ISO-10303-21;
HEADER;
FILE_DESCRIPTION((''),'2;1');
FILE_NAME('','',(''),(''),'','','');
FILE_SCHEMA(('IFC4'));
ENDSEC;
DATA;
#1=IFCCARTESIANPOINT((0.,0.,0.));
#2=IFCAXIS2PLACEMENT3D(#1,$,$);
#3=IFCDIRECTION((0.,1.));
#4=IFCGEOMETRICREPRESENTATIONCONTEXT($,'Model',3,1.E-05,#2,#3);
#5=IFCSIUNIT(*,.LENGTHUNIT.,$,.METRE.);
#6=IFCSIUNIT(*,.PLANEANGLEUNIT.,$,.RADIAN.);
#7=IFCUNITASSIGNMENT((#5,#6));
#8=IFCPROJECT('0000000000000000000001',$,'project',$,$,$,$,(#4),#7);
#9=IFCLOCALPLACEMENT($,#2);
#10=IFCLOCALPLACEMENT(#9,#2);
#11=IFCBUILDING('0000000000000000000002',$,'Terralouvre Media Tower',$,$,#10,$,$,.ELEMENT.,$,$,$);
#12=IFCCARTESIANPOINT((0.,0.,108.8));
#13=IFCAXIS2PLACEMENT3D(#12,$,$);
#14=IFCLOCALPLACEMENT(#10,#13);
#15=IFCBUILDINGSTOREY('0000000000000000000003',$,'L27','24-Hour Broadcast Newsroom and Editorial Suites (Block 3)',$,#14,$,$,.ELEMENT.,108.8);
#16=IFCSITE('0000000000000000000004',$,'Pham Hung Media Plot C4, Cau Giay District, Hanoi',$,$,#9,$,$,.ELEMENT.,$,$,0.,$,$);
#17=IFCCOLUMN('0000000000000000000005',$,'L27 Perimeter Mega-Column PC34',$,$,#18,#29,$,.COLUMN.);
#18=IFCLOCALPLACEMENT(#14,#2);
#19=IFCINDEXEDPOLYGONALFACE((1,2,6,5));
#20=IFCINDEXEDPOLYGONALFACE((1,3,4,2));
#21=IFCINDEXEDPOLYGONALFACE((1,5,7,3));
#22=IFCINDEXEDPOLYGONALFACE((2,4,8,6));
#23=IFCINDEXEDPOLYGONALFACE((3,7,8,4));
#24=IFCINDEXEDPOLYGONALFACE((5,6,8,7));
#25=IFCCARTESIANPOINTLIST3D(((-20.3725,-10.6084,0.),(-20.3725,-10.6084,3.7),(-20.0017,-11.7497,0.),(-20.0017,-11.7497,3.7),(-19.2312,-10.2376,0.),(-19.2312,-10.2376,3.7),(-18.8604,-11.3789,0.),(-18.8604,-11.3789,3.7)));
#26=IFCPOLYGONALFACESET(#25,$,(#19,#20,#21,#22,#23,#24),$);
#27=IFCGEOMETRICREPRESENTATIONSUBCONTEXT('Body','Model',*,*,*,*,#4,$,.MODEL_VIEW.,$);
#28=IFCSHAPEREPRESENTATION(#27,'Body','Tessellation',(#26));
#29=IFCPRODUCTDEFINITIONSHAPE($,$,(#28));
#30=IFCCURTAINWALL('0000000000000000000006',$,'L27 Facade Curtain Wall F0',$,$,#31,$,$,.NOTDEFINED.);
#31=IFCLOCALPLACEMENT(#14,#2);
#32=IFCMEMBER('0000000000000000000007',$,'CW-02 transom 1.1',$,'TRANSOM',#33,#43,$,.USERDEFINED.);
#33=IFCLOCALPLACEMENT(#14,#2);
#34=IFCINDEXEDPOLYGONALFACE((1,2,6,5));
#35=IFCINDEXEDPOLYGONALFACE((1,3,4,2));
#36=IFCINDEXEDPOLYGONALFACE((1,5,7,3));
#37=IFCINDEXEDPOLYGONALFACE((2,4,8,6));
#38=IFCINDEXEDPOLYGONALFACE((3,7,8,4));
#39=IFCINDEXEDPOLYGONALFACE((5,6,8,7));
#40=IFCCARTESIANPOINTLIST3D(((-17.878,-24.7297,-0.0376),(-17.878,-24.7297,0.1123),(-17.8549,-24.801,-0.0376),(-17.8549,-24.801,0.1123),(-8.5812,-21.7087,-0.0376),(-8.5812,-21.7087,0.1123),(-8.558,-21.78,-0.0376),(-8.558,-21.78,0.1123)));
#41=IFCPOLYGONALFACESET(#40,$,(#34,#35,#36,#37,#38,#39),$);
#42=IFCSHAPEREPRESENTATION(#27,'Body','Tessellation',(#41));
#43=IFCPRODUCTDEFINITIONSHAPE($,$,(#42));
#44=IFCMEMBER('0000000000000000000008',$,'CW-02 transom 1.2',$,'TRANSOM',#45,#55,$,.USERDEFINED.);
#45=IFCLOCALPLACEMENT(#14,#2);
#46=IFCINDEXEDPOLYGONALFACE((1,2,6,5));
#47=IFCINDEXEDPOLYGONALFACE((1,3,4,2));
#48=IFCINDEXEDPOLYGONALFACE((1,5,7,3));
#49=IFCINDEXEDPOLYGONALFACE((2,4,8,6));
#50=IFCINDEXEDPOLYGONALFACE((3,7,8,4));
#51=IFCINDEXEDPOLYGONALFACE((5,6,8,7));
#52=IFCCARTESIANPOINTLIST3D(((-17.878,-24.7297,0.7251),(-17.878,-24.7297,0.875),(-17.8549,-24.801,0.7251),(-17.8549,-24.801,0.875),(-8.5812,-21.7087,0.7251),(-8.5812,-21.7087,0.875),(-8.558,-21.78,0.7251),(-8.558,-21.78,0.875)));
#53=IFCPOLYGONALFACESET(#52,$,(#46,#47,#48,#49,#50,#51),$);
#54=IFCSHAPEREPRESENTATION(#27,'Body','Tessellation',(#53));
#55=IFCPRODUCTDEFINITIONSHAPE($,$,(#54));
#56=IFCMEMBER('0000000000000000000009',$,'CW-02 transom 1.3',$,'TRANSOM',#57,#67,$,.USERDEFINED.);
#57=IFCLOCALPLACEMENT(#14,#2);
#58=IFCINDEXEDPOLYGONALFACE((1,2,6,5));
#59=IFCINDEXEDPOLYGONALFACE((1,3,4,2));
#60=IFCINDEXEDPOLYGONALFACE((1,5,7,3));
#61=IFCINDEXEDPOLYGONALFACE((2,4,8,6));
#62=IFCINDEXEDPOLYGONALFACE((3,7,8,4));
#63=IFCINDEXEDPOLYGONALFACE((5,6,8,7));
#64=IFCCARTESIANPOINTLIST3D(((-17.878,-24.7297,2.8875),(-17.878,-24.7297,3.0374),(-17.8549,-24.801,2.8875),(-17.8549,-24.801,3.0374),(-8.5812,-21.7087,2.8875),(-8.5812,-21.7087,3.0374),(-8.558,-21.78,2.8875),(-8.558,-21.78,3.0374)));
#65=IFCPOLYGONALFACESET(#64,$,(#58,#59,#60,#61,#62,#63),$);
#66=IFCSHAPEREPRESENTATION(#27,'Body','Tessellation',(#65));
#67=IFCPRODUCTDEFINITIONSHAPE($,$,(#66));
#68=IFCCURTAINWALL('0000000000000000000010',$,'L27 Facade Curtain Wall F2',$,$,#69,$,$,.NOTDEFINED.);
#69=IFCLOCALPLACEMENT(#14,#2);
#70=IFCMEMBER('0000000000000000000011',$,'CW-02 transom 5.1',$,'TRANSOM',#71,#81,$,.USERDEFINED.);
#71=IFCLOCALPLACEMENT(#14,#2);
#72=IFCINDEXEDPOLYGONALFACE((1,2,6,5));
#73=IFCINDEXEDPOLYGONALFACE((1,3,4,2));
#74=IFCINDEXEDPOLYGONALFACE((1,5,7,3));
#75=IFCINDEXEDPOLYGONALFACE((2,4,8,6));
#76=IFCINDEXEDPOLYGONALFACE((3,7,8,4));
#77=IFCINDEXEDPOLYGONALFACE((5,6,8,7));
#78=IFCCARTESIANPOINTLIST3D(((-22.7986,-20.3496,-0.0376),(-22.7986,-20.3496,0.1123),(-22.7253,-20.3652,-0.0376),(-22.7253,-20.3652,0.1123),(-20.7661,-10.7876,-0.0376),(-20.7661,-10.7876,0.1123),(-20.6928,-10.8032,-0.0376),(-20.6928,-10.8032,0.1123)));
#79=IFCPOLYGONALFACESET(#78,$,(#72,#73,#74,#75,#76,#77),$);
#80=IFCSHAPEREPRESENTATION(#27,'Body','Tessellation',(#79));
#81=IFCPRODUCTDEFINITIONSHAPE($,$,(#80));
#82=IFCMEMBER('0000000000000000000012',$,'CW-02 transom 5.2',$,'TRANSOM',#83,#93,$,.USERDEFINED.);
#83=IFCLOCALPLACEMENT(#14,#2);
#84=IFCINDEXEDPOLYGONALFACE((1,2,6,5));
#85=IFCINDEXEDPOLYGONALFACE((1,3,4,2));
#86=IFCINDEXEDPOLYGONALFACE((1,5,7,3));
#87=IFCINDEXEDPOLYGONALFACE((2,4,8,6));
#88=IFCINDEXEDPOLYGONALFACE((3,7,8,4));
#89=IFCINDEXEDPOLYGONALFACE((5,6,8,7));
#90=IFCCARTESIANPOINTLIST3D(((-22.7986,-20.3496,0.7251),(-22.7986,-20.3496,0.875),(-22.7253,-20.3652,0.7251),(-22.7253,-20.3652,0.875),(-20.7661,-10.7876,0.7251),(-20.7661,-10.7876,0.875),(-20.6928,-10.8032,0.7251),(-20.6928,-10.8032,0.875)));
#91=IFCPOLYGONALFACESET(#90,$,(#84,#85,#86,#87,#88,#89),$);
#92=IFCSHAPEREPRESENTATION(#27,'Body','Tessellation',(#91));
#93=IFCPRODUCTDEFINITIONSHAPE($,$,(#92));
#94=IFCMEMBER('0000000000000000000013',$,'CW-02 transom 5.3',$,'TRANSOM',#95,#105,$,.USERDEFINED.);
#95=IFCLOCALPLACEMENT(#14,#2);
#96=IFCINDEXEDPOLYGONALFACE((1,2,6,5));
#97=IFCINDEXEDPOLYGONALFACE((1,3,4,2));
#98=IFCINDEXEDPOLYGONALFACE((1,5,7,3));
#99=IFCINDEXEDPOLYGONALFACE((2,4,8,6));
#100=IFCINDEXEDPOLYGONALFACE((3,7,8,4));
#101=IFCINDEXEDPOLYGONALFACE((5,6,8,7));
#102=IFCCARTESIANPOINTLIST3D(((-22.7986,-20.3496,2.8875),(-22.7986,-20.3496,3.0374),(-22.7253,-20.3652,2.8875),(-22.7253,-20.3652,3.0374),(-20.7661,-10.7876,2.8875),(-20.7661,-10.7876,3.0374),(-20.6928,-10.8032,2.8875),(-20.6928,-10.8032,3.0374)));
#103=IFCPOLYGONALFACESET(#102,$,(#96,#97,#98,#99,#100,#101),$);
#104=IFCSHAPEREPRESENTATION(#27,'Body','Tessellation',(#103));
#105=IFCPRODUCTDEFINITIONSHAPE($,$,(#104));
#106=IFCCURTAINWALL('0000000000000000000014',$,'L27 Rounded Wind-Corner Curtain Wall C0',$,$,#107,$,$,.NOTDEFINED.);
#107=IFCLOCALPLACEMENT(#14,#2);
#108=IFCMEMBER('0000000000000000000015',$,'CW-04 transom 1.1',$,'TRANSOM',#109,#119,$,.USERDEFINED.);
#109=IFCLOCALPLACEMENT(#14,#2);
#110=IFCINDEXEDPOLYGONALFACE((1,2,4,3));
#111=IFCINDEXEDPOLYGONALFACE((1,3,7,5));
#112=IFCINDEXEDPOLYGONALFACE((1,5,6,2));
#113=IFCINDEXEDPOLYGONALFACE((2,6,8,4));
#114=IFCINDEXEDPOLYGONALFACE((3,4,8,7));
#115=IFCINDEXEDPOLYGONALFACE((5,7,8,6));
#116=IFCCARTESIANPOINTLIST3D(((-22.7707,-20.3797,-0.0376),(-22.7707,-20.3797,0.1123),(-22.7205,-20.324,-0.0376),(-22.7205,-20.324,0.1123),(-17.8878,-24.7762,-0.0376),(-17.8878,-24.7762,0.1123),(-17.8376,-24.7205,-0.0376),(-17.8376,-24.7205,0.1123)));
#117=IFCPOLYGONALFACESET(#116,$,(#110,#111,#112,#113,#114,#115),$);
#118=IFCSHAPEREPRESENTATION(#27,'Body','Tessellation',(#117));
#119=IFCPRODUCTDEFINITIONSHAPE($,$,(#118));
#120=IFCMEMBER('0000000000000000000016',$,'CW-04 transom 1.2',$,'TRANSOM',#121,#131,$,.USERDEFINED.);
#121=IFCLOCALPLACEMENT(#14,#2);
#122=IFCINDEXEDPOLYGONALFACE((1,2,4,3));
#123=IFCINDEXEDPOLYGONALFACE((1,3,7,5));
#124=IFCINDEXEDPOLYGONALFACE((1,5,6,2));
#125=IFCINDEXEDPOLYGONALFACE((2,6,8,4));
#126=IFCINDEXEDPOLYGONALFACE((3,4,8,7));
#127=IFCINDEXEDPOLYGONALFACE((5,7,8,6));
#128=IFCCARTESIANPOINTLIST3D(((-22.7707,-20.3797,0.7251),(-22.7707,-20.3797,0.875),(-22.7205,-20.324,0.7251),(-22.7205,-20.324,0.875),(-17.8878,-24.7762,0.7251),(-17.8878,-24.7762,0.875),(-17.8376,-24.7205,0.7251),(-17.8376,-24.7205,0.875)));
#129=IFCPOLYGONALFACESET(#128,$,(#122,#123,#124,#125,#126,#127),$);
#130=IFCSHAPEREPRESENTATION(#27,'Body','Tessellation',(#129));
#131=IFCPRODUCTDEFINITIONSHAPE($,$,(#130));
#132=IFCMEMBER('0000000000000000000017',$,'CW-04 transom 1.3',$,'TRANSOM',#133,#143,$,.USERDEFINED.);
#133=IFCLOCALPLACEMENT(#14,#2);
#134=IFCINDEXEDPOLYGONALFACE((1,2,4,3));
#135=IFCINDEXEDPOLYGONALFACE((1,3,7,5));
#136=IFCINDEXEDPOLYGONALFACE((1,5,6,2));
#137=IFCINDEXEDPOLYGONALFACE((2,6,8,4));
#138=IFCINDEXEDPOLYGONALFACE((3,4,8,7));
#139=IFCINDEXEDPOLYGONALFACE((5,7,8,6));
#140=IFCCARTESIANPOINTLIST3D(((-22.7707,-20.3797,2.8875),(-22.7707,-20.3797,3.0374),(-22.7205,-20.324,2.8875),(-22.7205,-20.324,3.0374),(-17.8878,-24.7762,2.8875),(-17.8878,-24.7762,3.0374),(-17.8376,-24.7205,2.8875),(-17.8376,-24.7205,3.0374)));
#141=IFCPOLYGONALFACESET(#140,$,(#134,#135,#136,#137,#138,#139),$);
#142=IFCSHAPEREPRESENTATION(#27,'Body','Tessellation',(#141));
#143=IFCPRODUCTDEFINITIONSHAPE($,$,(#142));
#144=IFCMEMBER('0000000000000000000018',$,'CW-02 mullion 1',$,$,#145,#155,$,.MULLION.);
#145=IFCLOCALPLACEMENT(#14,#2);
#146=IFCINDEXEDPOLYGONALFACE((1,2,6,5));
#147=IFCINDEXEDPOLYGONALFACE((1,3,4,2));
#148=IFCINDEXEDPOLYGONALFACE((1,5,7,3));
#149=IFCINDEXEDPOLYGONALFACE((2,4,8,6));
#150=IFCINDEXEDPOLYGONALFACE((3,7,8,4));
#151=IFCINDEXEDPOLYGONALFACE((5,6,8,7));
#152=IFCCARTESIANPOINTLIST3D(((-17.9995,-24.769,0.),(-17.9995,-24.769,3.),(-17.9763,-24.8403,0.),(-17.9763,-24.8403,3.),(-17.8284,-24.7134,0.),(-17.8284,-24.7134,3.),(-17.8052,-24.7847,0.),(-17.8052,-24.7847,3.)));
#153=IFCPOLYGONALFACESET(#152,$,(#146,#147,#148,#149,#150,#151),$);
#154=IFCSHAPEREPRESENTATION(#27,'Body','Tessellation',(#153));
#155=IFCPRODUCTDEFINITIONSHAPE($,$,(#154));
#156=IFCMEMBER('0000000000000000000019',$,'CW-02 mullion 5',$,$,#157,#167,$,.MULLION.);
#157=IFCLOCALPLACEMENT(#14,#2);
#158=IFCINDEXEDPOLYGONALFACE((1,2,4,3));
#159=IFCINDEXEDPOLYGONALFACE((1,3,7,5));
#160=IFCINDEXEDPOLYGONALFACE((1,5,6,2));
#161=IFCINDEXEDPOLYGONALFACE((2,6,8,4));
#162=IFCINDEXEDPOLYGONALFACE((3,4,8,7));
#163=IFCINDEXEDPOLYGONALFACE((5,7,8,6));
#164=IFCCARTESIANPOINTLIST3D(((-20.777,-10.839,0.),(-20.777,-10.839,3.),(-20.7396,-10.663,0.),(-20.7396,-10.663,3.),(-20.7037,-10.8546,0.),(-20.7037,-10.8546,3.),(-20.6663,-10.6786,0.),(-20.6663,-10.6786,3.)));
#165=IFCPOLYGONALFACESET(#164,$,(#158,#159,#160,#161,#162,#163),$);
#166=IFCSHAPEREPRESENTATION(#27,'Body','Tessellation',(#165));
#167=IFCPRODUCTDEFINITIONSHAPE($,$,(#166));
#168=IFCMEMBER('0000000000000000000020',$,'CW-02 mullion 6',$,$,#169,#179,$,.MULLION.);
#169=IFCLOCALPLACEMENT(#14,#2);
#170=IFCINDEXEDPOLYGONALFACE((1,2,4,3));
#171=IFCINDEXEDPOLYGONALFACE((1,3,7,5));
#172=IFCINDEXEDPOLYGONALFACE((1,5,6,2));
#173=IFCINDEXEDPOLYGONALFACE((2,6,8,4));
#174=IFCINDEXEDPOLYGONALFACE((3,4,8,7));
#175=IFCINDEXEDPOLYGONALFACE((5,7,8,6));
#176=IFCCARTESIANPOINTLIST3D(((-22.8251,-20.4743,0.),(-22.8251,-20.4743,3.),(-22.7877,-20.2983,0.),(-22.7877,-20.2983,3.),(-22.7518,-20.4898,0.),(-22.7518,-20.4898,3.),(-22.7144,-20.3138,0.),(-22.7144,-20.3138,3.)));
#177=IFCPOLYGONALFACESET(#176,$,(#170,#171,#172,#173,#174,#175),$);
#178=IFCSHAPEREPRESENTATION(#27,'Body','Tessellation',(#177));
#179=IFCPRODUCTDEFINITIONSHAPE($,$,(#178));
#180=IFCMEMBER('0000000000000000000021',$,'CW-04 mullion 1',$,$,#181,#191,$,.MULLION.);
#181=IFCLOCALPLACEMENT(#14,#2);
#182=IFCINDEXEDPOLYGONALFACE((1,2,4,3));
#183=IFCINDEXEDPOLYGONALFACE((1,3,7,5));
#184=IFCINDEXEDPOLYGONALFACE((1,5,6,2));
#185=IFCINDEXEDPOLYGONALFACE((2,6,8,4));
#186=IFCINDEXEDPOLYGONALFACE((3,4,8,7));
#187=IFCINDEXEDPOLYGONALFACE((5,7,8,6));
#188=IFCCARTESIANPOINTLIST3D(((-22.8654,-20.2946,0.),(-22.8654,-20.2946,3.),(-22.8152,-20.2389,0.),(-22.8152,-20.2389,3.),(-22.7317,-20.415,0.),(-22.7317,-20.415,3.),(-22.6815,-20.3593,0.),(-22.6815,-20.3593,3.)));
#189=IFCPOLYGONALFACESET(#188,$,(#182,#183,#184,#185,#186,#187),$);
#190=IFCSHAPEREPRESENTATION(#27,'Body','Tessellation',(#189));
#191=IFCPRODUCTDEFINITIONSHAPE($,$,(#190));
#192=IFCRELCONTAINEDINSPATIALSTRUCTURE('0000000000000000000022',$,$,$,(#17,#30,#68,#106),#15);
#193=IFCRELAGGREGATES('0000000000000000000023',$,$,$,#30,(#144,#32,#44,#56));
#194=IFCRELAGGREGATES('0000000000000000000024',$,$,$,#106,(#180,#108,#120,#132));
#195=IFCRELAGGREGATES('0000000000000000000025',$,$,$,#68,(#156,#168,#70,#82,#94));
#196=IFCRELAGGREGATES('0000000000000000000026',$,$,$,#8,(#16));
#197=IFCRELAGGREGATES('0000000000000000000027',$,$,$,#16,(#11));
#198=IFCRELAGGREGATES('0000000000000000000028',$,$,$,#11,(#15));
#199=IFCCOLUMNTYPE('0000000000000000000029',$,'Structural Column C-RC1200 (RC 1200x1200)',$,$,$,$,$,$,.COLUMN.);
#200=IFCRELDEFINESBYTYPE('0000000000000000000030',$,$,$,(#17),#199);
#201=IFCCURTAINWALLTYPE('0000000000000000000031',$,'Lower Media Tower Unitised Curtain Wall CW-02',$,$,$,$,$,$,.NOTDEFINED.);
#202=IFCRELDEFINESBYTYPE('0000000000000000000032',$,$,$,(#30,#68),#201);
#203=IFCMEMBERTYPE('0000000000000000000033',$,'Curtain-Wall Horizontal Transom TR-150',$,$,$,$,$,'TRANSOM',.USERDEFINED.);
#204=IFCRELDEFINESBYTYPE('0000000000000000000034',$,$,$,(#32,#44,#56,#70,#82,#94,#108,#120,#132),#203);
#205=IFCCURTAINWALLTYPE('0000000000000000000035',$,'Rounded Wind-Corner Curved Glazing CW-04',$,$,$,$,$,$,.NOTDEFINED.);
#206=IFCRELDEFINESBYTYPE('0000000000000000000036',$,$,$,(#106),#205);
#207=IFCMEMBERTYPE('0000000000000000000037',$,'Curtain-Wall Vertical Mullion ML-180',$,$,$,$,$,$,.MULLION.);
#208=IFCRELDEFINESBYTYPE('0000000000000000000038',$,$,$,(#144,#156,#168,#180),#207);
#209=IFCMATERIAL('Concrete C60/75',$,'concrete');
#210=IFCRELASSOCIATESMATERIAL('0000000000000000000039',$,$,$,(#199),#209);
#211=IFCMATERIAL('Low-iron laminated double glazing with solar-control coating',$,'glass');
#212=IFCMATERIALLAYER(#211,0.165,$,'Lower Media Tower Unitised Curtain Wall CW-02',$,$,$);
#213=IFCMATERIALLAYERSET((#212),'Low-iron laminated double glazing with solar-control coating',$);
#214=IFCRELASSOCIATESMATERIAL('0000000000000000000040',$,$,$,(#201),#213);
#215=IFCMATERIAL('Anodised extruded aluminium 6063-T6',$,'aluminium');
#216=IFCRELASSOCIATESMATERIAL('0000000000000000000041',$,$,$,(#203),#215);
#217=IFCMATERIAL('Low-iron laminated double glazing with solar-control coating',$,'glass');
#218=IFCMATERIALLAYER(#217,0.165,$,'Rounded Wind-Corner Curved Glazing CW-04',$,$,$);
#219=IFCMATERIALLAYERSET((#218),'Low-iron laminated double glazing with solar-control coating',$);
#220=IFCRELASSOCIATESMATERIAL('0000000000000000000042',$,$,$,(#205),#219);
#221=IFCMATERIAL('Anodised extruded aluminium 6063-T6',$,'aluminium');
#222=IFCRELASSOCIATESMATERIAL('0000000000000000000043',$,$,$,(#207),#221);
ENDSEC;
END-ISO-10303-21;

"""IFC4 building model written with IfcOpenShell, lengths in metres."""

from ifc_helpers import new_model, si_unit, direction, frame, origin, origin_2d, place, context, subcontext, project, spatial, rectangle, extrude, material, layer, layer_set, material_profile, profile_set, type_object, element, aggregate, save


model = new_model("IFC4")

# Units and contexts
model_context = context("Model", 3, precision=1e-05, world=origin(), true_north=direction((0.0, 1.0)))
body_context = subcontext(model_context, "Body", "Model", "MODEL_VIEW")
ifc_project = project(units=[si_unit("LENGTHUNIT", "METRE"), si_unit("PLANEANGLEUNIT", "RADIAN")], contexts=[model_context])

# Site, building, storey
site_placement = place(None, origin())
site = spatial("IfcSite", under=ifc_project, at=site_placement, Name="Pham Hung Media Plot C4, Cau Giay District, Hanoi", CompositionType="ELEMENT", RefElevation=0.0)
building_placement = place(site_placement, origin())
building = spatial("IfcBuilding", under=site, at=building_placement, Name="Terralouvre Media Tower", CompositionType="ELEMENT")
storey_placement = place(building_placement, frame((0.0, 0.0, 108.8)))
storey = spatial("IfcBuildingStorey", under=building, at=storey_placement, Name="L27", Description="24-Hour Broadcast Newsroom and Editorial Suites (Block 3)", CompositionType="ELEMENT", Elevation=108.8)

# Column
ifc_material_1 = material(Name="Concrete C60/75", Category="concrete")
ifc_material_profile_1 = material_profile(ifc_material_1, rectangle(XDim=1.2, YDim=1.2, at=origin_2d()), Name="RC 1200x1200")
ifc_profile_set_1 = profile_set([ifc_material_profile_1], Name="Concrete C60/75")
column_type = type_object("IfcColumnType", Name="Structural Column C-RC1200 (RC 1200x1200)", PredefinedType="COLUMN", material=ifc_profile_set_1)
column_placement = place(storey_placement, frame((-19.6165, -10.9937, 0.0), z_axis=(0.0, 0.0, 1.0), x_axis=(0.951057, 0.309017, 0.0)))
element("IfcColumn", 1, at=column_placement, inside=storey, type_object=column_type, Name="L27 Perimeter Mega-Column PC34", PredefinedType="COLUMN", context=body_context, shape_type="SweptSolid", body=[
    extrude(rectangle(XDim=1.2, YDim=1.2, at=origin_2d()), origin(), (0.0, 0.0, 1.0), 3.7),
])

# Curtain walls, members
ifc_material_2 = material(Name="Low-iron laminated double glazing with solar-control coating", Category="glass")
ifc_layer_1 = layer(ifc_material_2, 0.165, Name="Lower Media Tower Unitised Curtain Wall CW-02")
ifc_layer_set_1 = layer_set([ifc_layer_1], Name="Low-iron laminated double glazing with solar-control coating")
curtain_wall_type_1 = type_object("IfcCurtainWallType", Name="Lower Media Tower Unitised Curtain Wall CW-02", PredefinedType="NOTDEFINED", material=ifc_layer_set_1)
curtain_wall_1_placement = place(storey_placement, origin())
curtain_wall_1 = element("IfcCurtainWall", 2, at=curtain_wall_1_placement, inside=storey, type_object=curtain_wall_type_1, Name="L27 Facade Curtain Wall F0", PredefinedType="NOTDEFINED")
ifc_material_3 = material(Name="Anodised extruded aluminium 6063-T6", Category="aluminium")
ifc_material_profile_2 = material_profile(ifc_material_3, rectangle(XDim=0.075, YDim=0.1499, at=origin_2d()), Name="ALU 75x150")
ifc_profile_set_2 = profile_set([ifc_material_profile_2], Name="Anodised extruded aluminium 6063-T6")
member_type_1 = type_object("IfcMemberType", Name="Curtain-Wall Horizontal Transom TR-150", ElementType="TRANSOM", PredefinedType="USERDEFINED", material=ifc_profile_set_2)
member_1_placement = place(storey_placement, frame((-17.8665, -24.7654, 0.0374), z_axis=(0.951049, 0.309041, 0.0), x_axis=(-0.309041, 0.951049, 0.0)))
member_1 = element("IfcMember", 3, at=member_1_placement, type_object=member_type_1, Name="CW-02 transom 1.1", ObjectType="TRANSOM", PredefinedType="USERDEFINED", context=body_context, shape_type="SweptSolid", body=[
    extrude(rectangle(XDim=0.075, YDim=0.1499, at=origin_2d()), origin(), (0.0, 0.0, 1.0), 9.7754),
])
member_2_placement = place(storey_placement, frame((-17.8665, -24.7654, 0.8), z_axis=(0.951049, 0.309041, 0.0), x_axis=(-0.309041, 0.951049, 0.0)))
member_2 = element("IfcMember", 4, at=member_2_placement, type_object=member_type_1, Name="CW-02 transom 1.2", ObjectType="TRANSOM", PredefinedType="USERDEFINED", context=body_context, shape_type="SweptSolid", body=[
    extrude(rectangle(XDim=0.075, YDim=0.1499, at=origin_2d()), origin(), (0.0, 0.0, 1.0), 9.7754),
])
member_3_placement = place(storey_placement, frame((-17.8665, -24.7654, 2.9624), z_axis=(0.951049, 0.309041, 0.0), x_axis=(-0.309041, 0.951049, 0.0)))
member_3 = element("IfcMember", 5, at=member_3_placement, type_object=member_type_1, Name="CW-02 transom 1.3", ObjectType="TRANSOM", PredefinedType="USERDEFINED", context=body_context, shape_type="SweptSolid", body=[
    extrude(rectangle(XDim=0.075, YDim=0.1499, at=origin_2d()), origin(), (0.0, 0.0, 1.0), 9.7754),
])
curtain_wall_2_placement = place(storey_placement, origin())
curtain_wall_2 = element("IfcCurtainWall", 6, at=curtain_wall_2_placement, inside=storey, type_object=curtain_wall_type_1, Name="L27 Facade Curtain Wall F2", PredefinedType="NOTDEFINED")
member_4_placement = place(storey_placement, frame((-20.7295, -10.7954, 0.0374), z_axis=(-0.207912, -0.978148, 0.0), x_axis=(0.978148, -0.207912, 0.0)))
member_4 = element("IfcMember", 7, at=member_4_placement, type_object=member_type_1, Name="CW-02 transom 5.1", ObjectType="TRANSOM", PredefinedType="USERDEFINED", context=body_context, shape_type="SweptSolid", body=[
    extrude(rectangle(XDim=0.075, YDim=0.1499, at=origin_2d()), origin(), (0.0, 0.0, 1.0), 9.7756),
])
member_5_placement = place(storey_placement, frame((-20.7295, -10.7954, 0.8), z_axis=(-0.207912, -0.978148, 0.0), x_axis=(0.978148, -0.207912, 0.0)))
member_5 = element("IfcMember", 8, at=member_5_placement, type_object=member_type_1, Name="CW-02 transom 5.2", ObjectType="TRANSOM", PredefinedType="USERDEFINED", context=body_context, shape_type="SweptSolid", body=[
    extrude(rectangle(XDim=0.075, YDim=0.1499, at=origin_2d()), origin(), (0.0, 0.0, 1.0), 9.7756),
])
member_6_placement = place(storey_placement, frame((-20.7295, -10.7954, 2.9624), z_axis=(-0.207912, -0.978148, 0.0), x_axis=(0.978148, -0.207912, 0.0)))
member_6 = element("IfcMember", 9, at=member_6_placement, type_object=member_type_1, Name="CW-02 transom 5.3", ObjectType="TRANSOM", PredefinedType="USERDEFINED", context=body_context, shape_type="SweptSolid", body=[
    extrude(rectangle(XDim=0.075, YDim=0.1499, at=origin_2d()), origin(), (0.0, 0.0, 1.0), 9.7756),
])
ifc_material_4 = material(Name="Low-iron laminated double glazing with solar-control coating", Category="glass")
ifc_layer_2 = layer(ifc_material_4, 0.165, Name="Rounded Wind-Corner Curved Glazing CW-04")
ifc_layer_set_2 = layer_set([ifc_layer_2], Name="Low-iron laminated double glazing with solar-control coating")
curtain_wall_type_2 = type_object("IfcCurtainWallType", Name="Rounded Wind-Corner Curved Glazing CW-04", PredefinedType="NOTDEFINED", material=ifc_layer_set_2)
curtain_wall_3_placement = place(storey_placement, origin())
curtain_wall_3 = element("IfcCurtainWall", 10, at=curtain_wall_3_placement, inside=storey, type_object=curtain_wall_type_2, Name="L27 Rounded Wind-Corner Curtain Wall C0", PredefinedType="NOTDEFINED")
member_7_placement = place(storey_placement, frame((-22.7456, -20.3518, 0.0374), z_axis=(0.743146, -0.669129, 0.0), x_axis=(0.669129, 0.743146, 0.0)))
member_7 = element("IfcMember", 11, at=member_7_placement, type_object=member_type_1, Name="CW-04 transom 1.1", ObjectType="TRANSOM", PredefinedType="USERDEFINED", context=body_context, shape_type="SweptSolid", body=[
    extrude(rectangle(XDim=0.075, YDim=0.1499, at=origin_2d()), origin(), (0.0, 0.0, 1.0), 6.5706),
])
member_8_placement = place(storey_placement, frame((-22.7456, -20.3518, 0.8), z_axis=(0.743146, -0.669129, 0.0), x_axis=(0.669129, 0.743146, 0.0)))
member_8 = element("IfcMember", 12, at=member_8_placement, type_object=member_type_1, Name="CW-04 transom 1.2", ObjectType="TRANSOM", PredefinedType="USERDEFINED", context=body_context, shape_type="SweptSolid", body=[
    extrude(rectangle(XDim=0.075, YDim=0.1499, at=origin_2d()), origin(), (0.0, 0.0, 1.0), 6.5706),
])
member_9_placement = place(storey_placement, frame((-22.7456, -20.3518, 2.9624), z_axis=(0.743146, -0.669129, 0.0), x_axis=(0.669129, 0.743146, 0.0)))
member_9 = element("IfcMember", 13, at=member_9_placement, type_object=member_type_1, Name="CW-04 transom 1.3", ObjectType="TRANSOM", PredefinedType="USERDEFINED", context=body_context, shape_type="SweptSolid", body=[
    extrude(rectangle(XDim=0.075, YDim=0.1499, at=origin_2d()), origin(), (0.0, 0.0, 1.0), 6.5706),
])

# Members
ifc_material_5 = material(Name="Anodised extruded aluminium 6063-T6", Category="aluminium")
ifc_material_profile_3 = material_profile(ifc_material_5, rectangle(XDim=0.075, YDim=0.1799, at=origin_2d()), Name="ALU 75x180")
ifc_profile_set_3 = profile_set([ifc_material_profile_3], Name="Anodised extruded aluminium 6063-T6")
member_type_2 = type_object("IfcMemberType", Name="Curtain-Wall Vertical Mullion ML-180", PredefinedType="MULLION", material=ifc_profile_set_3)
member_10_placement = place(storey_placement, frame((-17.9023, -24.7769, 0.0), z_axis=(0.0, 0.0, 1.0), x_axis=(-0.309017, 0.951057, 0.0)))
member_10 = element("IfcMember", 14, at=member_10_placement, type_object=member_type_2, Name="CW-02 mullion 1", PredefinedType="MULLION", context=body_context, shape_type="SweptSolid", body=[
    extrude(rectangle(XDim=0.075, YDim=0.1799, at=origin_2d()), origin(), (0.0, 0.0, 1.0), 3.0),
])
aggregate(curtain_wall_1, [member_10, member_1, member_2, member_3])
member_11_placement = place(storey_placement, frame((-20.7217, -10.7588, 0.0), z_axis=(0.0, 0.0, 1.0), x_axis=(0.978148, -0.207912, 0.0)))
member_11 = element("IfcMember", 15, at=member_11_placement, type_object=member_type_2, Name="CW-02 mullion 5", PredefinedType="MULLION", context=body_context, shape_type="SweptSolid", body=[
    extrude(rectangle(XDim=0.075, YDim=0.1799, at=origin_2d()), origin(), (0.0, 0.0, 1.0), 3.0),
])
member_12_placement = place(storey_placement, frame((-22.7698, -20.394, 0.0), z_axis=(0.0, 0.0, 1.0), x_axis=(0.978148, -0.207912, 0.0)))
member_12 = element("IfcMember", 16, at=member_12_placement, type_object=member_type_2, Name="CW-02 mullion 6", PredefinedType="MULLION", context=body_context, shape_type="SweptSolid", body=[
    extrude(rectangle(XDim=0.075, YDim=0.1799, at=origin_2d()), origin(), (0.0, 0.0, 1.0), 3.0),
])
member_13_placement = place(storey_placement, frame((-22.7734, -20.3269, 0.0), z_axis=(0.0, 0.0, 1.0), x_axis=(0.669131, 0.743145, 0.0)))
member_13 = element("IfcMember", 17, at=member_13_placement, type_object=member_type_2, Name="CW-04 mullion 1", PredefinedType="MULLION", context=body_context, shape_type="SweptSolid", body=[
    extrude(rectangle(XDim=0.075, YDim=0.1799, at=origin_2d()), origin(), (0.0, 0.0, 1.0), 3.0),
])

aggregate(curtain_wall_3, [member_13, member_7, member_8, member_9])
aggregate(curtain_wall_2, [member_11, member_12, member_4, member_5, member_6])

save(model, "model.ifc")
